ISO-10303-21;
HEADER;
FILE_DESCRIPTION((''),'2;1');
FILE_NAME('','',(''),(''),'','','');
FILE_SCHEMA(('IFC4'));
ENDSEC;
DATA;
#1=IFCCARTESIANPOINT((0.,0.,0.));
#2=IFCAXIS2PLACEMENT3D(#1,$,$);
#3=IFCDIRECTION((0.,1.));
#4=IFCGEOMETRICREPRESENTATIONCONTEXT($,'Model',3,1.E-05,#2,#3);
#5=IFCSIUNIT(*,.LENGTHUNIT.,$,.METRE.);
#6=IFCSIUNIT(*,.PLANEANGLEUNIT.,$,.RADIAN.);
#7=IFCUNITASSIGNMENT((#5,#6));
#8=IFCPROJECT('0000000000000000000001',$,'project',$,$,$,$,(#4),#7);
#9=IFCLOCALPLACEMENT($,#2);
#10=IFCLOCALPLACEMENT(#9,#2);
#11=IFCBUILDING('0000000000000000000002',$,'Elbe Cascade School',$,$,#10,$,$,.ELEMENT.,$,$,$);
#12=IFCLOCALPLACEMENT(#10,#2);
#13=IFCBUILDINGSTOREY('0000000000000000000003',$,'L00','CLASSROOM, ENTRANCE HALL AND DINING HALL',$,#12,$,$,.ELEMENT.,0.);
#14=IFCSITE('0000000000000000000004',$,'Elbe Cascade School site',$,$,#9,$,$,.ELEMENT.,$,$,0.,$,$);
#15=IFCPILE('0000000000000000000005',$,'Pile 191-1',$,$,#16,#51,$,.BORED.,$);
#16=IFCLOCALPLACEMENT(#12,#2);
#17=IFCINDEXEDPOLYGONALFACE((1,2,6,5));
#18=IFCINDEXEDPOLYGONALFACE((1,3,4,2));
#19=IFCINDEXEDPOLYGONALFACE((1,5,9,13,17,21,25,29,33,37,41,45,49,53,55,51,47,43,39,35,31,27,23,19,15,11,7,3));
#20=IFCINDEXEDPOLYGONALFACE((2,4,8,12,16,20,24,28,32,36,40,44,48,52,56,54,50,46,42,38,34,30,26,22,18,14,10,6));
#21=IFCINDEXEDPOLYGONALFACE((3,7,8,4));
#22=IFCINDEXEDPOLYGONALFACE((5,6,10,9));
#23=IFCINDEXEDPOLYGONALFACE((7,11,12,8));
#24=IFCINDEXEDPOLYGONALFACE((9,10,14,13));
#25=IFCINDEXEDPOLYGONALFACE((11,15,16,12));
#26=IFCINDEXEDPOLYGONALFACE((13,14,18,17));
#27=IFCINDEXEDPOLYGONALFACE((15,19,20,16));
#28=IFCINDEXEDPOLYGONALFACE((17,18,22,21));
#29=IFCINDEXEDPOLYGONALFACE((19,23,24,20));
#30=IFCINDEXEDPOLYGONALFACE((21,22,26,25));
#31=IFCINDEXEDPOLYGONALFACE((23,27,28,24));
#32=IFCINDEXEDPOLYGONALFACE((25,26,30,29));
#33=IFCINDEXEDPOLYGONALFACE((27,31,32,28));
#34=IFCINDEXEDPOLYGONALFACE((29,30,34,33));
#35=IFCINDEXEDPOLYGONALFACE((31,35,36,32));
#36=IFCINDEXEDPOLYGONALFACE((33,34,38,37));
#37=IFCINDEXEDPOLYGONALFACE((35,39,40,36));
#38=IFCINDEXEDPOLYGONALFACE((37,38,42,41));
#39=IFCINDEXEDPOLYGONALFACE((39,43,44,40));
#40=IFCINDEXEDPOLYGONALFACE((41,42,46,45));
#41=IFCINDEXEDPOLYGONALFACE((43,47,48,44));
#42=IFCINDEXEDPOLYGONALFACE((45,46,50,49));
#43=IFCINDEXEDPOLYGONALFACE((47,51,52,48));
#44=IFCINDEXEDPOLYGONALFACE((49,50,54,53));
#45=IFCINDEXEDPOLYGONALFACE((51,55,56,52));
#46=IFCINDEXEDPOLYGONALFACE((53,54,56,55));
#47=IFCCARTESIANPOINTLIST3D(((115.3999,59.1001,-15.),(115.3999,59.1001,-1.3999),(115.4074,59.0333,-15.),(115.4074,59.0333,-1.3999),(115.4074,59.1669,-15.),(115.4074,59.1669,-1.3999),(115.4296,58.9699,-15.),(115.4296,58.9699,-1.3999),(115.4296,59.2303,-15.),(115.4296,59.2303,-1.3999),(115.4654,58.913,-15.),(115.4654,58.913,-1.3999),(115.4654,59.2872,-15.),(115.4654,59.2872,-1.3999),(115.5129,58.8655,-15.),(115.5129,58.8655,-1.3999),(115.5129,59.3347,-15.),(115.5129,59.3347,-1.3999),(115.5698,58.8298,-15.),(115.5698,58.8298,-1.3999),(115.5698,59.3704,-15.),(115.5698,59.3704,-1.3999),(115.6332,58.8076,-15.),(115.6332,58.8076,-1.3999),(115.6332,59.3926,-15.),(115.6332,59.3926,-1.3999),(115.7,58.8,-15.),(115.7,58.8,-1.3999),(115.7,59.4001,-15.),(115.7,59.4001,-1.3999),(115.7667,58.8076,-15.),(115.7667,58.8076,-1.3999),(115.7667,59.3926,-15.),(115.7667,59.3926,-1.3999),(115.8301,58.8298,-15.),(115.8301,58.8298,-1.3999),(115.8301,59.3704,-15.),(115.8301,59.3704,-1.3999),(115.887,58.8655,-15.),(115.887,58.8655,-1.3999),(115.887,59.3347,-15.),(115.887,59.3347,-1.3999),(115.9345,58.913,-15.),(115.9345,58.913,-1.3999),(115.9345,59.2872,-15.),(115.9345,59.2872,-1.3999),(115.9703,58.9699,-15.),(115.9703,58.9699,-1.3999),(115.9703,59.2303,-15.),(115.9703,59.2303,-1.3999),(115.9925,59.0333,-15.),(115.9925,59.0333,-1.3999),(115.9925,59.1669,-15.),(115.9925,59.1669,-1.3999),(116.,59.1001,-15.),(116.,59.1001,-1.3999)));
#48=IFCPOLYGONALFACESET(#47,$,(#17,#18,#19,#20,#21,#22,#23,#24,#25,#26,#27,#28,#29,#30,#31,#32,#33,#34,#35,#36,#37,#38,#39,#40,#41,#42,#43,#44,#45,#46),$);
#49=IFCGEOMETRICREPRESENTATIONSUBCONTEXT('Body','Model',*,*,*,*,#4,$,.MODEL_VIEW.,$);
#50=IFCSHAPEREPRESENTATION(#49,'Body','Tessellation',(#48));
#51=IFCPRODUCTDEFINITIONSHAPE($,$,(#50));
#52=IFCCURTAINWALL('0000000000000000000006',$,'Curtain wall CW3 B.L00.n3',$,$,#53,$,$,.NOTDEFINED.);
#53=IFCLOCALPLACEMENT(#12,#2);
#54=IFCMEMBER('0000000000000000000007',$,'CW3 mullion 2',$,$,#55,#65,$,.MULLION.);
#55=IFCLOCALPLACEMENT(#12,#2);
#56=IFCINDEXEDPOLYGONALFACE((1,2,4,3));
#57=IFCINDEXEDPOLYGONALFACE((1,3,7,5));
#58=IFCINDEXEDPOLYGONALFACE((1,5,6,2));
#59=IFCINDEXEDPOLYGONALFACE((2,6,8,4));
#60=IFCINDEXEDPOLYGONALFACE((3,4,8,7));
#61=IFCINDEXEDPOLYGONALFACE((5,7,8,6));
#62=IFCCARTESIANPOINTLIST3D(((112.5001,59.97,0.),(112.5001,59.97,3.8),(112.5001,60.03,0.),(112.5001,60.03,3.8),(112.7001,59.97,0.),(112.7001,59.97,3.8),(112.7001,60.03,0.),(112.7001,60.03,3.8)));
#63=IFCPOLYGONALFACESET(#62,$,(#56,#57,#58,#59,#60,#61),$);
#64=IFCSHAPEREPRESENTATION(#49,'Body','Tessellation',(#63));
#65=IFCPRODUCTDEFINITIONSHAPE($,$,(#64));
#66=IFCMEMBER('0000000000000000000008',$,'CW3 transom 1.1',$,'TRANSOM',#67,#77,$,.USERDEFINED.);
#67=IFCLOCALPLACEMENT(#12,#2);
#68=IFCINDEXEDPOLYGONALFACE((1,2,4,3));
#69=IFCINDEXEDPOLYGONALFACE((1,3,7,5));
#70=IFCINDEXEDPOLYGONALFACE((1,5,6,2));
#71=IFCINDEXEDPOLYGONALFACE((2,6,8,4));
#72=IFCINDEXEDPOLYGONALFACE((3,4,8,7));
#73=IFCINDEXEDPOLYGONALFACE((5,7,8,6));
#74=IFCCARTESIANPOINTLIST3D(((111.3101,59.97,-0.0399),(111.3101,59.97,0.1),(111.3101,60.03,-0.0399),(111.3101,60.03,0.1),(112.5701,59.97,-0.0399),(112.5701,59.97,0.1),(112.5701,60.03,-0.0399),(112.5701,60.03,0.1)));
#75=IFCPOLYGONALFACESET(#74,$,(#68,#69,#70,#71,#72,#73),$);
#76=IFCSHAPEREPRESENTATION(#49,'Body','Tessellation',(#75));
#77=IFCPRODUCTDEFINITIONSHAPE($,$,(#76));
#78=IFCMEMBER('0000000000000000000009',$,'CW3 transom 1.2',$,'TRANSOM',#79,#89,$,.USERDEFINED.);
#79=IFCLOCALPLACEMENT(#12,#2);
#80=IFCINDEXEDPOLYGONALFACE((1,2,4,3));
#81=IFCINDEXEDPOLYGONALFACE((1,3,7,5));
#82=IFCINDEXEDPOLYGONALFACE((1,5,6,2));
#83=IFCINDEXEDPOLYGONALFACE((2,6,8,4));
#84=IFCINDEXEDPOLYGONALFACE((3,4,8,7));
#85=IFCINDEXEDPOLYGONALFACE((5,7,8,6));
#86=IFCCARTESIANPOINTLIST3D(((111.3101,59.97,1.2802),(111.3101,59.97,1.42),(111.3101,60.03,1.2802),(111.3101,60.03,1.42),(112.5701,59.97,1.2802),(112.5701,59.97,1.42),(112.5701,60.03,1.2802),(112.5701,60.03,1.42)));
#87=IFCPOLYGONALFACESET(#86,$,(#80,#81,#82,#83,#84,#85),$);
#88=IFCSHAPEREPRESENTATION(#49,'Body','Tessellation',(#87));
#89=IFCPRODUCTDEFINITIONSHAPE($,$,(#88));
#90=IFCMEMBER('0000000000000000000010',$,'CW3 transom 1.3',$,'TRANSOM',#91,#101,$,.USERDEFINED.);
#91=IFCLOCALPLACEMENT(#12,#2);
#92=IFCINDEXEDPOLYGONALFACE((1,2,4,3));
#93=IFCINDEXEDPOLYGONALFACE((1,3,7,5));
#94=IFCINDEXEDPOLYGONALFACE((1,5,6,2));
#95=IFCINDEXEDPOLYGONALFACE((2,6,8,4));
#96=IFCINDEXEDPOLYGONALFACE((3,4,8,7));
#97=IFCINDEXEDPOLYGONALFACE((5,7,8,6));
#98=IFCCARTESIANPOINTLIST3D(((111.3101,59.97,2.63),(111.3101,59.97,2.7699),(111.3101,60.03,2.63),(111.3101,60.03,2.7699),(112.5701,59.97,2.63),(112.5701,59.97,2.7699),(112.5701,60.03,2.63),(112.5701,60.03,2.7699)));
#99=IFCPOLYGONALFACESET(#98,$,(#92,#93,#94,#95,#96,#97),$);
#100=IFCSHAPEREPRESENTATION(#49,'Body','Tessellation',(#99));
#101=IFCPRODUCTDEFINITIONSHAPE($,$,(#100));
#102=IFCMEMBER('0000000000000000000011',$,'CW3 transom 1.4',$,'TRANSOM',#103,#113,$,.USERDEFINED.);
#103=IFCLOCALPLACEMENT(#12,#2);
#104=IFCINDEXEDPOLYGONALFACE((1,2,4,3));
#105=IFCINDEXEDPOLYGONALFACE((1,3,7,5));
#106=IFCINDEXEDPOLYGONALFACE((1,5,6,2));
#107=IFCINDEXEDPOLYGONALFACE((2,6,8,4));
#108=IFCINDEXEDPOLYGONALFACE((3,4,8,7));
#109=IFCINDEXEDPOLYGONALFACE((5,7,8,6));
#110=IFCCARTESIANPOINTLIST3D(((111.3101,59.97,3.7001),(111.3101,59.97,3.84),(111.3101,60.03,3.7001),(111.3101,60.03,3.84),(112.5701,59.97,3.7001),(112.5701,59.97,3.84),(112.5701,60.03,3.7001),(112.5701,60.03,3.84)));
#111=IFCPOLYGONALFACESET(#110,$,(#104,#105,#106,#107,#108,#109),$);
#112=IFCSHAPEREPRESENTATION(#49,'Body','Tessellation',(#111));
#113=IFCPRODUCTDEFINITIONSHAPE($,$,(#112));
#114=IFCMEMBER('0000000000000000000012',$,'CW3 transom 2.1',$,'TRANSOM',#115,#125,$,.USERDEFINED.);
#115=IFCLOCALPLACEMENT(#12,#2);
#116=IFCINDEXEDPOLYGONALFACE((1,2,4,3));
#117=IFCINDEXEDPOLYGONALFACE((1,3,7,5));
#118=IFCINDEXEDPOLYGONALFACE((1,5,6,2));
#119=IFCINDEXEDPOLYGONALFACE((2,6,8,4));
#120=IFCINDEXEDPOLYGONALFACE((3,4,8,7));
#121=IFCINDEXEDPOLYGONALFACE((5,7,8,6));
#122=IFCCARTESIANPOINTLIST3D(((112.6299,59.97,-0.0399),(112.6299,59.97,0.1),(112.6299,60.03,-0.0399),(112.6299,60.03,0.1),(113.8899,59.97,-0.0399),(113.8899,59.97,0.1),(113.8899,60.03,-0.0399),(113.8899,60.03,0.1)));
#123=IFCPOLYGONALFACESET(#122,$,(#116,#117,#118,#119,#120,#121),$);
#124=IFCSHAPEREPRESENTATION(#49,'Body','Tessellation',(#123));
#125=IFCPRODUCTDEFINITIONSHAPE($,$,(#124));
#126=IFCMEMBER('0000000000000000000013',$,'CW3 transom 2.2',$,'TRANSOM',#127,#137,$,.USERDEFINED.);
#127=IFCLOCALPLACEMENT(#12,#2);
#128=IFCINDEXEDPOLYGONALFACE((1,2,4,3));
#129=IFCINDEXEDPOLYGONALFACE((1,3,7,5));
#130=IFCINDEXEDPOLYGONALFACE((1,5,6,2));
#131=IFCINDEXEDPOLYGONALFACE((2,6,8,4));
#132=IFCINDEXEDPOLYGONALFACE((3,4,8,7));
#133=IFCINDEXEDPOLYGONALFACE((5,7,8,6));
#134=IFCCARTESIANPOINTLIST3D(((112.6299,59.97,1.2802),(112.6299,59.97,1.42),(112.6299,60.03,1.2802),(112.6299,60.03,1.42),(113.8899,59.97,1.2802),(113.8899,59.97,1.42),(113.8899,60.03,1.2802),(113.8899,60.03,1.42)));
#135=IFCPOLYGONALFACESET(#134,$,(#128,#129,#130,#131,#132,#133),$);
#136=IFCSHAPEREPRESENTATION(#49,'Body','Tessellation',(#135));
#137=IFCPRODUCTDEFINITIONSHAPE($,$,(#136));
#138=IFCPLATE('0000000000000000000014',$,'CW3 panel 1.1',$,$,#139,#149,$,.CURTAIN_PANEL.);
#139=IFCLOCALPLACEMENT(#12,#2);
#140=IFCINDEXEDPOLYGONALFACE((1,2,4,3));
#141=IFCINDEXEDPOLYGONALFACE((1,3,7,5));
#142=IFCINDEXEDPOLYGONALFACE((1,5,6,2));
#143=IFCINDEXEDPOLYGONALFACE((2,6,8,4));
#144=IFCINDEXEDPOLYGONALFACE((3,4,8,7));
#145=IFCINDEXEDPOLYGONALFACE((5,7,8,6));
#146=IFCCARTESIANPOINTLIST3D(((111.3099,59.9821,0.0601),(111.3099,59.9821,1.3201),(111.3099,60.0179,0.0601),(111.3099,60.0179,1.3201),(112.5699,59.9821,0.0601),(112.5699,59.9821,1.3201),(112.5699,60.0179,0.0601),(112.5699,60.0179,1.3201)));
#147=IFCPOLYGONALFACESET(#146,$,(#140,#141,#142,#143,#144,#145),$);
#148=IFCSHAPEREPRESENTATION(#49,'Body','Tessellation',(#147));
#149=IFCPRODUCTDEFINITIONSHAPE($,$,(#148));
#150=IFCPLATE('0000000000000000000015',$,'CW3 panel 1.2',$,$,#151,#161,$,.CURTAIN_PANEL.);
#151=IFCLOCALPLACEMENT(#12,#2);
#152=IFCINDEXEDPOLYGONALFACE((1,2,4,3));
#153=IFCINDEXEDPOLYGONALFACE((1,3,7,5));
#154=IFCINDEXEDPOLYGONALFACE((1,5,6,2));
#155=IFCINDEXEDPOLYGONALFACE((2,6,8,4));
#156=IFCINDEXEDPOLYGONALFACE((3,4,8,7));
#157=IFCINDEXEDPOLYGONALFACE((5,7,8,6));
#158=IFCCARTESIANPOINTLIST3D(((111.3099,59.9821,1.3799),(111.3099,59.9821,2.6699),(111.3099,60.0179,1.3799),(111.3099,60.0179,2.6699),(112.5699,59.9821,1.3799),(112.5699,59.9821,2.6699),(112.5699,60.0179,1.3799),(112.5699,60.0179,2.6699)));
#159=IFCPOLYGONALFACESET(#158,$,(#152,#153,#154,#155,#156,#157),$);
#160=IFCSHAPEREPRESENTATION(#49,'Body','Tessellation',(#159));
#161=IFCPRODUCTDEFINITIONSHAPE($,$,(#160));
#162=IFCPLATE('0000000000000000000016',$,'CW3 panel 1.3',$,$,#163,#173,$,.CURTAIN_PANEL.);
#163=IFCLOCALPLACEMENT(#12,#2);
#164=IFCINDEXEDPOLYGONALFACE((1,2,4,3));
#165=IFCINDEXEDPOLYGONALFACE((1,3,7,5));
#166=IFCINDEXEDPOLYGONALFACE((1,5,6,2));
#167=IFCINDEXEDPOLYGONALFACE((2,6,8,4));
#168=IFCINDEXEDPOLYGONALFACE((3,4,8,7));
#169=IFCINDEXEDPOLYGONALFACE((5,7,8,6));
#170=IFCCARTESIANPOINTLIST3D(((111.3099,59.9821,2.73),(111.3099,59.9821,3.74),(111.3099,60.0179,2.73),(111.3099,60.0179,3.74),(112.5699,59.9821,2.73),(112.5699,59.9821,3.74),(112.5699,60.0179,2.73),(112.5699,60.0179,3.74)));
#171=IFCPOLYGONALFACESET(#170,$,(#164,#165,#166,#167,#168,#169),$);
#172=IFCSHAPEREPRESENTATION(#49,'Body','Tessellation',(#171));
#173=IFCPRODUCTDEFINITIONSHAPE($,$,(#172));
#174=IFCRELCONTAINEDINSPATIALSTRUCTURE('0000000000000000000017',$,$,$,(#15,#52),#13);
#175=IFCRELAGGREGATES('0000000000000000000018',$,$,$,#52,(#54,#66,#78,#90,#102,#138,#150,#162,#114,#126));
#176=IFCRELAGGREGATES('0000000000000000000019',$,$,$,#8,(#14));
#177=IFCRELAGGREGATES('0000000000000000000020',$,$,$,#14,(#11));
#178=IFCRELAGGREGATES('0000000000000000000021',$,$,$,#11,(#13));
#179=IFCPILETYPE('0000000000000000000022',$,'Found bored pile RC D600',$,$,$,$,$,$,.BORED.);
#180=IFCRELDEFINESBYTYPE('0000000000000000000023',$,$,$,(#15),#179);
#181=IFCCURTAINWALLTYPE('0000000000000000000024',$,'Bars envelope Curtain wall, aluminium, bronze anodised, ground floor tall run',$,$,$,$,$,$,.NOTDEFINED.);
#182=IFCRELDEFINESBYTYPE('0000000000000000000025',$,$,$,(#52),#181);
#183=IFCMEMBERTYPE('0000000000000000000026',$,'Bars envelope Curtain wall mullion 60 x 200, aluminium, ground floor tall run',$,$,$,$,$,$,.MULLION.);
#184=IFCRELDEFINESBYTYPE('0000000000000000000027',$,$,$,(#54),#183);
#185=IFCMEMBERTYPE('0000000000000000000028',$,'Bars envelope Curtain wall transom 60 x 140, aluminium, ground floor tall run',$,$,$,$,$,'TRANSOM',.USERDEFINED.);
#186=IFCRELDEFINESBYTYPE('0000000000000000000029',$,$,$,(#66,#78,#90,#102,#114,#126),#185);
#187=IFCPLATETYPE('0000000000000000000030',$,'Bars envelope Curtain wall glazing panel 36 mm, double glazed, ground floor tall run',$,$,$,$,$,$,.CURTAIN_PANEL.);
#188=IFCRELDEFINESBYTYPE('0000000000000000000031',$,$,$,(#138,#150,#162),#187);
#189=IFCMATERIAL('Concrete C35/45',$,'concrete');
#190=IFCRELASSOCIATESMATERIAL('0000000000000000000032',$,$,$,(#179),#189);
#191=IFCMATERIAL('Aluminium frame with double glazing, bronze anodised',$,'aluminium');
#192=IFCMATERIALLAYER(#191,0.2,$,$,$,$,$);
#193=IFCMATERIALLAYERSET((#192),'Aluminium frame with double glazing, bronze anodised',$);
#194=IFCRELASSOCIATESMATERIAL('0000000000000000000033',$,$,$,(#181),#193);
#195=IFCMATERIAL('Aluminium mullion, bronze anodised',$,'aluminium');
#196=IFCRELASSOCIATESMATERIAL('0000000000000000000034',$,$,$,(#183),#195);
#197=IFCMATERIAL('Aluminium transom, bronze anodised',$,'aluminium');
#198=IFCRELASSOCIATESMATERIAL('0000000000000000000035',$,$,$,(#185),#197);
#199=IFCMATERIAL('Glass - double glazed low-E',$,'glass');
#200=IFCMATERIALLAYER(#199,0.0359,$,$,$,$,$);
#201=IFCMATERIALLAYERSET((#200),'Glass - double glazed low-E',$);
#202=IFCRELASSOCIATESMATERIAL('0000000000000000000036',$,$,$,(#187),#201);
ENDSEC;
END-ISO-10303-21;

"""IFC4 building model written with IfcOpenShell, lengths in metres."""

from ifc_helpers import new_model, si_unit, direction, frame, origin, origin_2d, place, context, subcontext, project, spatial, rectangle, circle, extrude, material, layer, layer_set, material_profile, profile_set, type_object, element, aggregate, save


model = new_model("IFC4")

# Units and contexts
model_context = context("Model", 3, precision=1e-05, world=origin(), true_north=direction((0.0, 1.0)))
body_context = subcontext(model_context, "Body", "Model", "MODEL_VIEW")
ifc_project = project(units=[si_unit("LENGTHUNIT", "METRE"), si_unit("PLANEANGLEUNIT", "RADIAN")], contexts=[model_context])

# Site, building, storey
site_placement = place(None, origin())
site = spatial("IfcSite", under=ifc_project, at=site_placement, Name="Elbe Cascade School site", CompositionType="ELEMENT", RefElevation=0.0)
building_placement = place(site_placement, origin())
building = spatial("IfcBuilding", under=site, at=building_placement, Name="Elbe Cascade School", CompositionType="ELEMENT")
storey_placement = place(building_placement, origin())
storey = spatial("IfcBuildingStorey", under=building, at=storey_placement, Name="L00", Description="CLASSROOM, ENTRANCE HALL AND DINING HALL", CompositionType="ELEMENT", Elevation=0.0)

# Pile
ifc_material_1 = material(Name="Concrete C35/45", Category="concrete")
ifc_material_profile_1 = material_profile(ifc_material_1, circle(Radius=0.3, at=origin_2d()), Name="RC D600")
ifc_profile_set_1 = profile_set([ifc_material_profile_1], Name="Concrete C35/45")
pile_type = type_object("IfcPileType", Name="Found bored pile RC D600", PredefinedType="BORED", material=ifc_profile_set_1)
pile_placement = place(storey_placement, frame((115.7, 59.1001, -1.3999), z_axis=(0.0, 0.0, -1.0), x_axis=(1.0, 0.0, 0.0)))
element("IfcPile", 1, at=pile_placement, inside=storey, type_object=pile_type, Name="Pile 191-1", PredefinedType="BORED", context=body_context, shape_type="SweptSolid", body=[
    extrude(circle(Radius=0.3, at=origin_2d()), origin(), (0.0, 0.0, 1.0), 13.6001),
])

# Curtain wall, members, plates
ifc_material_2 = material(Name="Aluminium frame with double glazing, bronze anodised", Category="aluminium")
ifc_layer_1 = layer(ifc_material_2, 0.2)
ifc_layer_set_1 = layer_set([ifc_layer_1], Name="Aluminium frame with double glazing, bronze anodised")
curtain_wall_type = type_object("IfcCurtainWallType", Name="Bars envelope Curtain wall, aluminium, bronze anodised, ground floor tall run", PredefinedType="NOTDEFINED", material=ifc_layer_set_1)
curtain_wall_placement = place(storey_placement, origin())
curtain_wall = element("IfcCurtainWall", 2, at=curtain_wall_placement, inside=storey, type_object=curtain_wall_type, Name="Curtain wall CW3 B.L00.n3", PredefinedType="NOTDEFINED")
ifc_material_3 = material(Name="Aluminium mullion, bronze anodised", Category="aluminium")
ifc_material_profile_2 = material_profile(ifc_material_3, rectangle(XDim=0.0601, YDim=0.2, at=origin_2d()), Name="Bars envelope Curtain wall mullion 60 x 200, aluminium, ground floor tall run")
ifc_profile_set_2 = profile_set([ifc_material_profile_2], Name="Aluminium mullion, bronze anodised")
member_type_1 = type_object("IfcMemberType", Name="Bars envelope Curtain wall mullion 60 x 200, aluminium, ground floor tall run", PredefinedType="MULLION", material=ifc_profile_set_2)
member_1_placement = place(storey_placement, frame((112.6001, 60.0, 0.0), z_axis=(0.0, 0.0, 1.0), x_axis=(0.0, 1.0, 0.0)))
member_1 = element("IfcMember", 3, at=member_1_placement, type_object=member_type_1, Name="CW3 mullion 2", PredefinedType="MULLION", context=body_context, shape_type="SweptSolid", body=[
    extrude(rectangle(XDim=0.0601, YDim=0.2, at=origin_2d()), origin(), (0.0, 0.0, 1.0), 3.8),
])
ifc_material_4 = material(Name="Aluminium transom, bronze anodised", Category="aluminium")
ifc_material_profile_3 = material_profile(ifc_material_4, rectangle(XDim=0.0601, YDim=0.1399, at=origin_2d()), Name="Bars envelope Curtain wall transom 60 x 140, aluminium, ground floor tall run")
ifc_profile_set_3 = profile_set([ifc_material_profile_3], Name="Aluminium transom, bronze anodised")
member_type_2 = type_object("IfcMemberType", Name="Bars envelope Curtain wall transom 60 x 140, aluminium, ground floor tall run", ElementType="TRANSOM", PredefinedType="USERDEFINED", material=ifc_profile_set_3)
member_2_placement = place(storey_placement, frame((111.3101, 60.0, 0.03), z_axis=(1.0, 0.0, 0.0), x_axis=(0.0, 1.0, 0.0)))
member_2 = element("IfcMember", 4, at=member_2_placement, type_object=member_type_2, Name="CW3 transom 1.1", ObjectType="TRANSOM", PredefinedType="USERDEFINED", context=body_context, shape_type="SweptSolid", body=[
    extrude(rectangle(XDim=0.0601, YDim=0.1399, at=origin_2d()), origin(), (0.0, 0.0, 1.0), 1.26),
])
member_3_placement = place(storey_placement, frame((111.3101, 60.0, 1.3501), z_axis=(1.0, 0.0, 0.0), x_axis=(0.0, 1.0, 0.0)))
member_3 = element("IfcMember", 5, at=member_3_placement, type_object=member_type_2, Name="CW3 transom 1.2", ObjectType="TRANSOM", PredefinedType="USERDEFINED", context=body_context, shape_type="SweptSolid", body=[
    extrude(rectangle(XDim=0.0601, YDim=0.1399, at=origin_2d()), origin(), (0.0, 0.0, 1.0), 1.26),
])
member_4_placement = place(storey_placement, frame((111.3101, 60.0, 2.7), z_axis=(1.0, 0.0, 0.0), x_axis=(0.0, 1.0, 0.0)))
member_4 = element("IfcMember", 6, at=member_4_placement, type_object=member_type_2, Name="CW3 transom 1.3", ObjectType="TRANSOM", PredefinedType="USERDEFINED", context=body_context, shape_type="SweptSolid", body=[
    extrude(rectangle(XDim=0.0601, YDim=0.1399, at=origin_2d()), origin(), (0.0, 0.0, 1.0), 1.26),
])
member_5_placement = place(storey_placement, frame((111.3101, 60.0, 3.77), z_axis=(1.0, 0.0, 0.0), x_axis=(0.0, 1.0, 0.0)))
member_5 = element("IfcMember", 7, at=member_5_placement, type_object=member_type_2, Name="CW3 transom 1.4", ObjectType="TRANSOM", PredefinedType="USERDEFINED", context=body_context, shape_type="SweptSolid", body=[
    extrude(rectangle(XDim=0.0601, YDim=0.1399, at=origin_2d()), origin(), (0.0, 0.0, 1.0), 1.26),
])
member_6_placement = place(storey_placement, frame((112.6299, 60.0, 0.03), z_axis=(1.0, 0.0, 0.0), x_axis=(0.0, 1.0, 0.0)))
member_6 = element("IfcMember", 8, at=member_6_placement, type_object=member_type_2, Name="CW3 transom 2.1", ObjectType="TRANSOM", PredefinedType="USERDEFINED", context=body_context, shape_type="SweptSolid", body=[
    extrude(rectangle(XDim=0.0601, YDim=0.1399, at=origin_2d()), origin(), (0.0, 0.0, 1.0), 1.26),
])
member_7_placement = place(storey_placement, frame((112.6299, 60.0, 1.3501), z_axis=(1.0, 0.0, 0.0), x_axis=(0.0, 1.0, 0.0)))
member_7 = element("IfcMember", 9, at=member_7_placement, type_object=member_type_2, Name="CW3 transom 2.2", ObjectType="TRANSOM", PredefinedType="USERDEFINED", context=body_context, shape_type="SweptSolid", body=[
    extrude(rectangle(XDim=0.0601, YDim=0.1399, at=origin_2d()), origin(), (0.0, 0.0, 1.0), 1.26),
])
ifc_material_5 = material(Name="Glass - double glazed low-E", Category="glass")
ifc_layer_2 = layer(ifc_material_5, 0.0359)
ifc_layer_set_2 = layer_set([ifc_layer_2], Name="Glass - double glazed low-E")
plate_type = type_object("IfcPlateType", Name="Bars envelope Curtain wall glazing panel 36 mm, double glazed, ground floor tall run", PredefinedType="CURTAIN_PANEL", material=ifc_layer_set_2)
plate_1_placement = place(storey_placement, frame((111.9399, 60.0, 0.0601), z_axis=(0.0, 0.0, 1.0), x_axis=(1.0, 0.0, 0.0)))
plate_1 = element("IfcPlate", 10, at=plate_1_placement, type_object=plate_type, Name="CW3 panel 1.1", PredefinedType="CURTAIN_PANEL", context=body_context, shape_type="SweptSolid", body=[
    extrude(rectangle(XDim=1.26, YDim=0.0359, at=origin_2d()), origin(), (0.0, 0.0, 1.0), 1.26),
])
plate_2_placement = place(storey_placement, frame((111.9399, 60.0, 1.3799), z_axis=(0.0, 0.0, 1.0), x_axis=(1.0, 0.0, 0.0)))
plate_2 = element("IfcPlate", 11, at=plate_2_placement, type_object=plate_type, Name="CW3 panel 1.2", PredefinedType="CURTAIN_PANEL", context=body_context, shape_type="SweptSolid", body=[
    extrude(rectangle(XDim=1.26, YDim=0.0359, at=origin_2d()), origin(), (0.0, 0.0, 1.0), 1.29),
])
plate_3_placement = place(storey_placement, frame((111.9399, 60.0, 2.73), z_axis=(0.0, 0.0, 1.0), x_axis=(1.0, 0.0, 0.0)))
plate_3 = element("IfcPlate", 12, at=plate_3_placement, type_object=plate_type, Name="CW3 panel 1.3", PredefinedType="CURTAIN_PANEL", context=body_context, shape_type="SweptSolid", body=[
    extrude(rectangle(XDim=1.26, YDim=0.0359, at=origin_2d()), origin(), (0.0, 0.0, 1.0), 1.01),
])
aggregate(curtain_wall, [member_1, member_2, member_3, member_4, member_5, plate_1, plate_2, plate_3, member_6, member_7])

save(model, "model.ifc")
